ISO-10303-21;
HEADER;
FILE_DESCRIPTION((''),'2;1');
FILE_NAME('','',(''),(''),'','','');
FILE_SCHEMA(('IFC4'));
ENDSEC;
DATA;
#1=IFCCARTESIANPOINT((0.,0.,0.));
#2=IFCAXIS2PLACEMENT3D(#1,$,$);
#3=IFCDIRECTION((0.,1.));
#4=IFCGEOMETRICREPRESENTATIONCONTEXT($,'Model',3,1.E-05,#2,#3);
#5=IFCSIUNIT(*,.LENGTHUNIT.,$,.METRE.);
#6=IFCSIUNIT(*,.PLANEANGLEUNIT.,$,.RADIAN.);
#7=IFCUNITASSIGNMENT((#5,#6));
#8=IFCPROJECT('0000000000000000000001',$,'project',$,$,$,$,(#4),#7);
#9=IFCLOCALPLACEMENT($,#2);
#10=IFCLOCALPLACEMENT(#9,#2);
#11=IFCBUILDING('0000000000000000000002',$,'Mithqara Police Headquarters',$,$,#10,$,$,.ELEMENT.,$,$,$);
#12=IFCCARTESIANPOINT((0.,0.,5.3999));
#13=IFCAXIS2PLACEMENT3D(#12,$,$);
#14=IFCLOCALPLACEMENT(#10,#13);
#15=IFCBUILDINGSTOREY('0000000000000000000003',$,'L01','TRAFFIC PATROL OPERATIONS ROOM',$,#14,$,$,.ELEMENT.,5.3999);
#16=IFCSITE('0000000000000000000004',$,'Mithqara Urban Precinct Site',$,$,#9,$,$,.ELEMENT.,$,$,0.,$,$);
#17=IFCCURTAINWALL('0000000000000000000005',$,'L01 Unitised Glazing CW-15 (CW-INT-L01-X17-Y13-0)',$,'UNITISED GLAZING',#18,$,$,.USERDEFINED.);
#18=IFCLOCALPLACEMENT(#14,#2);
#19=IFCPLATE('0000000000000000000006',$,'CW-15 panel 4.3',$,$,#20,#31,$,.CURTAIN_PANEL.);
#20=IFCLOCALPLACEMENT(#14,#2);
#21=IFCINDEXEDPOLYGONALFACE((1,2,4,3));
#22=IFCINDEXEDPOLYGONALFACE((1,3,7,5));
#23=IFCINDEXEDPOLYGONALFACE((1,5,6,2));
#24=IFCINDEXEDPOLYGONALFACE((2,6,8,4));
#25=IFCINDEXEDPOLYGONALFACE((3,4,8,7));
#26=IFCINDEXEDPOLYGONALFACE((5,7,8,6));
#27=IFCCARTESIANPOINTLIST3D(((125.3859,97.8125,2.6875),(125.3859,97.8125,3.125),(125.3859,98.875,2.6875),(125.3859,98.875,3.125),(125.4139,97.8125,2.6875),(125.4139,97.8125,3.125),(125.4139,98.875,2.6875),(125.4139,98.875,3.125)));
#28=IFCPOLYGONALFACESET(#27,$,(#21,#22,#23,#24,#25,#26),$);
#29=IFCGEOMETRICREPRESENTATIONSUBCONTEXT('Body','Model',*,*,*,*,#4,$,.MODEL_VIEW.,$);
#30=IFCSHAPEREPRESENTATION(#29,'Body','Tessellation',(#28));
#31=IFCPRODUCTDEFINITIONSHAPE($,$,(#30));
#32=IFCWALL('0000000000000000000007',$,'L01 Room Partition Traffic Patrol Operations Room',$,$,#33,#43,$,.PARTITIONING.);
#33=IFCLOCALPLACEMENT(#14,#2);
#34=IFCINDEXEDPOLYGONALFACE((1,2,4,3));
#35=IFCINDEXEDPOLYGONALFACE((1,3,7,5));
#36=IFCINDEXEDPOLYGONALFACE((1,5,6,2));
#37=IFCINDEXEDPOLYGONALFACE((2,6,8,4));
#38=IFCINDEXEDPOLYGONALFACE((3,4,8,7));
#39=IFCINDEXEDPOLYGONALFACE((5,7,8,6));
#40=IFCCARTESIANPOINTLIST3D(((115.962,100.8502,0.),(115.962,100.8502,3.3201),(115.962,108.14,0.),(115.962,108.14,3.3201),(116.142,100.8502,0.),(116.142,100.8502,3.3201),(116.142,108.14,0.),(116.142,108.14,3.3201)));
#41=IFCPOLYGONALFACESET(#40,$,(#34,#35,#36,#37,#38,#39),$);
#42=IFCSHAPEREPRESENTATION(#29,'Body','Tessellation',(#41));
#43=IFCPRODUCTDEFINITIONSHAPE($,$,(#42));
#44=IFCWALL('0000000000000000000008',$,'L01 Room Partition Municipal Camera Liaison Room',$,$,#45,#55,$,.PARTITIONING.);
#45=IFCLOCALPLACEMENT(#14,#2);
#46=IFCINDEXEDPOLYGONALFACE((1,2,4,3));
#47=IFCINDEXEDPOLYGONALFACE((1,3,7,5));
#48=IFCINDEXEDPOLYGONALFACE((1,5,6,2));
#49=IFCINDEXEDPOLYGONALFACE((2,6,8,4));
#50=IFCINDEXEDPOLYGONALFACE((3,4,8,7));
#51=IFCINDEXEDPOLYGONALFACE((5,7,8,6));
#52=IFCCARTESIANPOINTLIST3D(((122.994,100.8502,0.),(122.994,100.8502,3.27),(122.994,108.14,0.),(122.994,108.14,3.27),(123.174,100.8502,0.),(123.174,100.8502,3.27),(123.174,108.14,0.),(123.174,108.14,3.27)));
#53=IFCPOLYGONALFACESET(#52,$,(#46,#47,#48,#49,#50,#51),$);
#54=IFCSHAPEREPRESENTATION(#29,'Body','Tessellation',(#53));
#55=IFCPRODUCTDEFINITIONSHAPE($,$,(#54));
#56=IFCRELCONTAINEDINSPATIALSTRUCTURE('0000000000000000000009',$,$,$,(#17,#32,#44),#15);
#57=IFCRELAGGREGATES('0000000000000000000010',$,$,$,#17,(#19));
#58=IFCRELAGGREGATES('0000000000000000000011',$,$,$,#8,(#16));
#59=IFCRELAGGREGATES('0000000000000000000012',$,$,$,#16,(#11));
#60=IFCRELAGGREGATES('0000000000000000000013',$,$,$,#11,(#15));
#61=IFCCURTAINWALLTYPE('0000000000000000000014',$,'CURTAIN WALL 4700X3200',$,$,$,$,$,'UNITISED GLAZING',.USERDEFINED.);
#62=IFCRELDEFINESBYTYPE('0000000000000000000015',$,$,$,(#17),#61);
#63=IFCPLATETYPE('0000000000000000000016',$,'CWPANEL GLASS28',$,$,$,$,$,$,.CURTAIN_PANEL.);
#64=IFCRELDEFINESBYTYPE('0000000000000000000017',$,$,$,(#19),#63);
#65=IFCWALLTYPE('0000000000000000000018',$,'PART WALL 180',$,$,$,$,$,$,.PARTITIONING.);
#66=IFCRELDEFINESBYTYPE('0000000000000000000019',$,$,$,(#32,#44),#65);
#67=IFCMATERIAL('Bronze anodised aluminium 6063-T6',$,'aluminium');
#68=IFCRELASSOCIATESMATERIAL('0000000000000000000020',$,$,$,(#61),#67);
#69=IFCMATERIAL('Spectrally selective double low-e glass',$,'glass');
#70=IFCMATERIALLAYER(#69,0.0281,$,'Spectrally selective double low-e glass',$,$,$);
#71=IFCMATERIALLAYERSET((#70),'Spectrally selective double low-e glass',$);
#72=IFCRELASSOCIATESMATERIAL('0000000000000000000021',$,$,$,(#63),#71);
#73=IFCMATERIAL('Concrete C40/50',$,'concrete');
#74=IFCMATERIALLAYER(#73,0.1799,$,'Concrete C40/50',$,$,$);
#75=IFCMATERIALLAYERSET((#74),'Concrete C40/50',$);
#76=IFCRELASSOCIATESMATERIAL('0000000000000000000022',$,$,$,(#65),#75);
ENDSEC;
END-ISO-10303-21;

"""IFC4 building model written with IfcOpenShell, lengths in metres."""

from ifc_helpers import new_model, si_unit, direction, frame, frame_2d, origin, origin_2d, place, context, subcontext, project, spatial, rectangle, extrude, material, layer, layer_set, type_object, element, aggregate, save


model = new_model("IFC4")

# Units and contexts
model_context = context("Model", 3, precision=1e-05, world=origin(), true_north=direction((0.0, 1.0)))
body_context = subcontext(model_context, "Body", "Model", "MODEL_VIEW")
ifc_project = project(units=[si_unit("LENGTHUNIT", "METRE"), si_unit("PLANEANGLEUNIT", "RADIAN")], contexts=[model_context])

# Site, building, storey
site_placement = place(None, origin())
site = spatial("IfcSite", under=ifc_project, at=site_placement, Name="Mithqara Urban Precinct Site", CompositionType="ELEMENT", RefElevation=0.0)
building_placement = place(site_placement, origin())
building = spatial("IfcBuilding", under=site, at=building_placement, Name="Mithqara Police Headquarters", CompositionType="ELEMENT")
storey_placement = place(building_placement, frame((0.0, 0.0, 5.3999)))
storey = spatial("IfcBuildingStorey", under=building, at=storey_placement, Name="L01", Description="TRAFFIC PATROL OPERATIONS ROOM", CompositionType="ELEMENT", Elevation=5.3999)

# Shared definitions
ifc_material_1 = material(Name="Concrete C40/50", Category="concrete")

# Curtain wall
ifc_material_2 = material(Name="Bronze anodised aluminium 6063-T6", Category="aluminium")
curtain_wall_type = type_object("IfcCurtainWallType", Name="CURTAIN WALL 4700X3200", ElementType="UNITISED GLAZING", PredefinedType="USERDEFINED", material=ifc_material_2)
curtain_wall_1_placement = place(storey_placement, origin())
curtain_wall_1 = element("IfcCurtainWall", 1, at=curtain_wall_1_placement, inside=storey, type_object=curtain_wall_type, Name="L01 Unitised Glazing CW-15 (CW-INT-L01-X17-Y13-0)", ObjectType="UNITISED GLAZING", PredefinedType="USERDEFINED")

# Plate
ifc_material_3 = material(Name="Spectrally selective double low-e glass", Category="glass")
ifc_layer_1 = layer(ifc_material_3, 0.0281, Name="Spectrally selective double low-e glass")
ifc_layer_set_1 = layer_set([ifc_layer_1], Name="Spectrally selective double low-e glass")
plate_type = type_object("IfcPlateType", Name="CWPANEL GLASS28", PredefinedType="CURTAIN_PANEL", material=ifc_layer_set_1)
plate_1_placement = place(storey_placement, frame((125.3999, 98.3438, 2.6875), z_axis=(0.0, 0.0, 1.0), x_axis=(0.0, 1.0, 0.0)))
plate_1 = element("IfcPlate", 2, at=plate_1_placement, type_object=plate_type, Name="CW-15 panel 4.3", PredefinedType="CURTAIN_PANEL", context=body_context, shape_type="SweptSolid", body=[
    extrude(rectangle(XDim=1.0625, YDim=0.0281, at=origin_2d()), origin(), (0.0, 0.0, 1.0), 0.4375),
])
aggregate(curtain_wall_1, [plate_1])

# Walls
ifc_layer_2 = layer(ifc_material_1, 0.1799, Name="Concrete C40/50")
ifc_layer_set_2 = layer_set([ifc_layer_2], Name="Concrete C40/50")
wall_type = type_object("IfcWallType", Name="PART WALL 180", PredefinedType="PARTITIONING", material=ifc_layer_set_2)
wall_1_placement = place(storey_placement, frame((116.052, 100.8501, 0.0), z_axis=(0.0, 0.0, 1.0), x_axis=(0.0, 1.0, 0.0)))
element("IfcWall", 3, at=wall_1_placement, inside=storey, type_object=wall_type, Name="L01 Room Partition Traffic Patrol Operations Room", PredefinedType="PARTITIONING", context=body_context, shape_type="SweptSolid", body=[
    extrude(rectangle(XDim=7.2898, YDim=0.1799, at=frame_2d((3.645, 0.0))), origin(), (0.0, 0.0, 1.0), 3.3201),
])
wall_2_placement = place(storey_placement, frame((123.084, 100.8501, 0.0), z_axis=(0.0, 0.0, 1.0), x_axis=(0.0, 1.0, 0.0)))
element("IfcWall", 4, at=wall_2_placement, inside=storey, type_object=wall_type, Name="L01 Room Partition Municipal Camera Liaison Room", PredefinedType="PARTITIONING", context=body_context, shape_type="SweptSolid", body=[
    extrude(rectangle(XDim=7.2898, YDim=0.1799, at=frame_2d((3.645, 0.0))), origin(), (0.0, 0.0, 1.0), 3.27),
])

save(model, "model.ifc")
